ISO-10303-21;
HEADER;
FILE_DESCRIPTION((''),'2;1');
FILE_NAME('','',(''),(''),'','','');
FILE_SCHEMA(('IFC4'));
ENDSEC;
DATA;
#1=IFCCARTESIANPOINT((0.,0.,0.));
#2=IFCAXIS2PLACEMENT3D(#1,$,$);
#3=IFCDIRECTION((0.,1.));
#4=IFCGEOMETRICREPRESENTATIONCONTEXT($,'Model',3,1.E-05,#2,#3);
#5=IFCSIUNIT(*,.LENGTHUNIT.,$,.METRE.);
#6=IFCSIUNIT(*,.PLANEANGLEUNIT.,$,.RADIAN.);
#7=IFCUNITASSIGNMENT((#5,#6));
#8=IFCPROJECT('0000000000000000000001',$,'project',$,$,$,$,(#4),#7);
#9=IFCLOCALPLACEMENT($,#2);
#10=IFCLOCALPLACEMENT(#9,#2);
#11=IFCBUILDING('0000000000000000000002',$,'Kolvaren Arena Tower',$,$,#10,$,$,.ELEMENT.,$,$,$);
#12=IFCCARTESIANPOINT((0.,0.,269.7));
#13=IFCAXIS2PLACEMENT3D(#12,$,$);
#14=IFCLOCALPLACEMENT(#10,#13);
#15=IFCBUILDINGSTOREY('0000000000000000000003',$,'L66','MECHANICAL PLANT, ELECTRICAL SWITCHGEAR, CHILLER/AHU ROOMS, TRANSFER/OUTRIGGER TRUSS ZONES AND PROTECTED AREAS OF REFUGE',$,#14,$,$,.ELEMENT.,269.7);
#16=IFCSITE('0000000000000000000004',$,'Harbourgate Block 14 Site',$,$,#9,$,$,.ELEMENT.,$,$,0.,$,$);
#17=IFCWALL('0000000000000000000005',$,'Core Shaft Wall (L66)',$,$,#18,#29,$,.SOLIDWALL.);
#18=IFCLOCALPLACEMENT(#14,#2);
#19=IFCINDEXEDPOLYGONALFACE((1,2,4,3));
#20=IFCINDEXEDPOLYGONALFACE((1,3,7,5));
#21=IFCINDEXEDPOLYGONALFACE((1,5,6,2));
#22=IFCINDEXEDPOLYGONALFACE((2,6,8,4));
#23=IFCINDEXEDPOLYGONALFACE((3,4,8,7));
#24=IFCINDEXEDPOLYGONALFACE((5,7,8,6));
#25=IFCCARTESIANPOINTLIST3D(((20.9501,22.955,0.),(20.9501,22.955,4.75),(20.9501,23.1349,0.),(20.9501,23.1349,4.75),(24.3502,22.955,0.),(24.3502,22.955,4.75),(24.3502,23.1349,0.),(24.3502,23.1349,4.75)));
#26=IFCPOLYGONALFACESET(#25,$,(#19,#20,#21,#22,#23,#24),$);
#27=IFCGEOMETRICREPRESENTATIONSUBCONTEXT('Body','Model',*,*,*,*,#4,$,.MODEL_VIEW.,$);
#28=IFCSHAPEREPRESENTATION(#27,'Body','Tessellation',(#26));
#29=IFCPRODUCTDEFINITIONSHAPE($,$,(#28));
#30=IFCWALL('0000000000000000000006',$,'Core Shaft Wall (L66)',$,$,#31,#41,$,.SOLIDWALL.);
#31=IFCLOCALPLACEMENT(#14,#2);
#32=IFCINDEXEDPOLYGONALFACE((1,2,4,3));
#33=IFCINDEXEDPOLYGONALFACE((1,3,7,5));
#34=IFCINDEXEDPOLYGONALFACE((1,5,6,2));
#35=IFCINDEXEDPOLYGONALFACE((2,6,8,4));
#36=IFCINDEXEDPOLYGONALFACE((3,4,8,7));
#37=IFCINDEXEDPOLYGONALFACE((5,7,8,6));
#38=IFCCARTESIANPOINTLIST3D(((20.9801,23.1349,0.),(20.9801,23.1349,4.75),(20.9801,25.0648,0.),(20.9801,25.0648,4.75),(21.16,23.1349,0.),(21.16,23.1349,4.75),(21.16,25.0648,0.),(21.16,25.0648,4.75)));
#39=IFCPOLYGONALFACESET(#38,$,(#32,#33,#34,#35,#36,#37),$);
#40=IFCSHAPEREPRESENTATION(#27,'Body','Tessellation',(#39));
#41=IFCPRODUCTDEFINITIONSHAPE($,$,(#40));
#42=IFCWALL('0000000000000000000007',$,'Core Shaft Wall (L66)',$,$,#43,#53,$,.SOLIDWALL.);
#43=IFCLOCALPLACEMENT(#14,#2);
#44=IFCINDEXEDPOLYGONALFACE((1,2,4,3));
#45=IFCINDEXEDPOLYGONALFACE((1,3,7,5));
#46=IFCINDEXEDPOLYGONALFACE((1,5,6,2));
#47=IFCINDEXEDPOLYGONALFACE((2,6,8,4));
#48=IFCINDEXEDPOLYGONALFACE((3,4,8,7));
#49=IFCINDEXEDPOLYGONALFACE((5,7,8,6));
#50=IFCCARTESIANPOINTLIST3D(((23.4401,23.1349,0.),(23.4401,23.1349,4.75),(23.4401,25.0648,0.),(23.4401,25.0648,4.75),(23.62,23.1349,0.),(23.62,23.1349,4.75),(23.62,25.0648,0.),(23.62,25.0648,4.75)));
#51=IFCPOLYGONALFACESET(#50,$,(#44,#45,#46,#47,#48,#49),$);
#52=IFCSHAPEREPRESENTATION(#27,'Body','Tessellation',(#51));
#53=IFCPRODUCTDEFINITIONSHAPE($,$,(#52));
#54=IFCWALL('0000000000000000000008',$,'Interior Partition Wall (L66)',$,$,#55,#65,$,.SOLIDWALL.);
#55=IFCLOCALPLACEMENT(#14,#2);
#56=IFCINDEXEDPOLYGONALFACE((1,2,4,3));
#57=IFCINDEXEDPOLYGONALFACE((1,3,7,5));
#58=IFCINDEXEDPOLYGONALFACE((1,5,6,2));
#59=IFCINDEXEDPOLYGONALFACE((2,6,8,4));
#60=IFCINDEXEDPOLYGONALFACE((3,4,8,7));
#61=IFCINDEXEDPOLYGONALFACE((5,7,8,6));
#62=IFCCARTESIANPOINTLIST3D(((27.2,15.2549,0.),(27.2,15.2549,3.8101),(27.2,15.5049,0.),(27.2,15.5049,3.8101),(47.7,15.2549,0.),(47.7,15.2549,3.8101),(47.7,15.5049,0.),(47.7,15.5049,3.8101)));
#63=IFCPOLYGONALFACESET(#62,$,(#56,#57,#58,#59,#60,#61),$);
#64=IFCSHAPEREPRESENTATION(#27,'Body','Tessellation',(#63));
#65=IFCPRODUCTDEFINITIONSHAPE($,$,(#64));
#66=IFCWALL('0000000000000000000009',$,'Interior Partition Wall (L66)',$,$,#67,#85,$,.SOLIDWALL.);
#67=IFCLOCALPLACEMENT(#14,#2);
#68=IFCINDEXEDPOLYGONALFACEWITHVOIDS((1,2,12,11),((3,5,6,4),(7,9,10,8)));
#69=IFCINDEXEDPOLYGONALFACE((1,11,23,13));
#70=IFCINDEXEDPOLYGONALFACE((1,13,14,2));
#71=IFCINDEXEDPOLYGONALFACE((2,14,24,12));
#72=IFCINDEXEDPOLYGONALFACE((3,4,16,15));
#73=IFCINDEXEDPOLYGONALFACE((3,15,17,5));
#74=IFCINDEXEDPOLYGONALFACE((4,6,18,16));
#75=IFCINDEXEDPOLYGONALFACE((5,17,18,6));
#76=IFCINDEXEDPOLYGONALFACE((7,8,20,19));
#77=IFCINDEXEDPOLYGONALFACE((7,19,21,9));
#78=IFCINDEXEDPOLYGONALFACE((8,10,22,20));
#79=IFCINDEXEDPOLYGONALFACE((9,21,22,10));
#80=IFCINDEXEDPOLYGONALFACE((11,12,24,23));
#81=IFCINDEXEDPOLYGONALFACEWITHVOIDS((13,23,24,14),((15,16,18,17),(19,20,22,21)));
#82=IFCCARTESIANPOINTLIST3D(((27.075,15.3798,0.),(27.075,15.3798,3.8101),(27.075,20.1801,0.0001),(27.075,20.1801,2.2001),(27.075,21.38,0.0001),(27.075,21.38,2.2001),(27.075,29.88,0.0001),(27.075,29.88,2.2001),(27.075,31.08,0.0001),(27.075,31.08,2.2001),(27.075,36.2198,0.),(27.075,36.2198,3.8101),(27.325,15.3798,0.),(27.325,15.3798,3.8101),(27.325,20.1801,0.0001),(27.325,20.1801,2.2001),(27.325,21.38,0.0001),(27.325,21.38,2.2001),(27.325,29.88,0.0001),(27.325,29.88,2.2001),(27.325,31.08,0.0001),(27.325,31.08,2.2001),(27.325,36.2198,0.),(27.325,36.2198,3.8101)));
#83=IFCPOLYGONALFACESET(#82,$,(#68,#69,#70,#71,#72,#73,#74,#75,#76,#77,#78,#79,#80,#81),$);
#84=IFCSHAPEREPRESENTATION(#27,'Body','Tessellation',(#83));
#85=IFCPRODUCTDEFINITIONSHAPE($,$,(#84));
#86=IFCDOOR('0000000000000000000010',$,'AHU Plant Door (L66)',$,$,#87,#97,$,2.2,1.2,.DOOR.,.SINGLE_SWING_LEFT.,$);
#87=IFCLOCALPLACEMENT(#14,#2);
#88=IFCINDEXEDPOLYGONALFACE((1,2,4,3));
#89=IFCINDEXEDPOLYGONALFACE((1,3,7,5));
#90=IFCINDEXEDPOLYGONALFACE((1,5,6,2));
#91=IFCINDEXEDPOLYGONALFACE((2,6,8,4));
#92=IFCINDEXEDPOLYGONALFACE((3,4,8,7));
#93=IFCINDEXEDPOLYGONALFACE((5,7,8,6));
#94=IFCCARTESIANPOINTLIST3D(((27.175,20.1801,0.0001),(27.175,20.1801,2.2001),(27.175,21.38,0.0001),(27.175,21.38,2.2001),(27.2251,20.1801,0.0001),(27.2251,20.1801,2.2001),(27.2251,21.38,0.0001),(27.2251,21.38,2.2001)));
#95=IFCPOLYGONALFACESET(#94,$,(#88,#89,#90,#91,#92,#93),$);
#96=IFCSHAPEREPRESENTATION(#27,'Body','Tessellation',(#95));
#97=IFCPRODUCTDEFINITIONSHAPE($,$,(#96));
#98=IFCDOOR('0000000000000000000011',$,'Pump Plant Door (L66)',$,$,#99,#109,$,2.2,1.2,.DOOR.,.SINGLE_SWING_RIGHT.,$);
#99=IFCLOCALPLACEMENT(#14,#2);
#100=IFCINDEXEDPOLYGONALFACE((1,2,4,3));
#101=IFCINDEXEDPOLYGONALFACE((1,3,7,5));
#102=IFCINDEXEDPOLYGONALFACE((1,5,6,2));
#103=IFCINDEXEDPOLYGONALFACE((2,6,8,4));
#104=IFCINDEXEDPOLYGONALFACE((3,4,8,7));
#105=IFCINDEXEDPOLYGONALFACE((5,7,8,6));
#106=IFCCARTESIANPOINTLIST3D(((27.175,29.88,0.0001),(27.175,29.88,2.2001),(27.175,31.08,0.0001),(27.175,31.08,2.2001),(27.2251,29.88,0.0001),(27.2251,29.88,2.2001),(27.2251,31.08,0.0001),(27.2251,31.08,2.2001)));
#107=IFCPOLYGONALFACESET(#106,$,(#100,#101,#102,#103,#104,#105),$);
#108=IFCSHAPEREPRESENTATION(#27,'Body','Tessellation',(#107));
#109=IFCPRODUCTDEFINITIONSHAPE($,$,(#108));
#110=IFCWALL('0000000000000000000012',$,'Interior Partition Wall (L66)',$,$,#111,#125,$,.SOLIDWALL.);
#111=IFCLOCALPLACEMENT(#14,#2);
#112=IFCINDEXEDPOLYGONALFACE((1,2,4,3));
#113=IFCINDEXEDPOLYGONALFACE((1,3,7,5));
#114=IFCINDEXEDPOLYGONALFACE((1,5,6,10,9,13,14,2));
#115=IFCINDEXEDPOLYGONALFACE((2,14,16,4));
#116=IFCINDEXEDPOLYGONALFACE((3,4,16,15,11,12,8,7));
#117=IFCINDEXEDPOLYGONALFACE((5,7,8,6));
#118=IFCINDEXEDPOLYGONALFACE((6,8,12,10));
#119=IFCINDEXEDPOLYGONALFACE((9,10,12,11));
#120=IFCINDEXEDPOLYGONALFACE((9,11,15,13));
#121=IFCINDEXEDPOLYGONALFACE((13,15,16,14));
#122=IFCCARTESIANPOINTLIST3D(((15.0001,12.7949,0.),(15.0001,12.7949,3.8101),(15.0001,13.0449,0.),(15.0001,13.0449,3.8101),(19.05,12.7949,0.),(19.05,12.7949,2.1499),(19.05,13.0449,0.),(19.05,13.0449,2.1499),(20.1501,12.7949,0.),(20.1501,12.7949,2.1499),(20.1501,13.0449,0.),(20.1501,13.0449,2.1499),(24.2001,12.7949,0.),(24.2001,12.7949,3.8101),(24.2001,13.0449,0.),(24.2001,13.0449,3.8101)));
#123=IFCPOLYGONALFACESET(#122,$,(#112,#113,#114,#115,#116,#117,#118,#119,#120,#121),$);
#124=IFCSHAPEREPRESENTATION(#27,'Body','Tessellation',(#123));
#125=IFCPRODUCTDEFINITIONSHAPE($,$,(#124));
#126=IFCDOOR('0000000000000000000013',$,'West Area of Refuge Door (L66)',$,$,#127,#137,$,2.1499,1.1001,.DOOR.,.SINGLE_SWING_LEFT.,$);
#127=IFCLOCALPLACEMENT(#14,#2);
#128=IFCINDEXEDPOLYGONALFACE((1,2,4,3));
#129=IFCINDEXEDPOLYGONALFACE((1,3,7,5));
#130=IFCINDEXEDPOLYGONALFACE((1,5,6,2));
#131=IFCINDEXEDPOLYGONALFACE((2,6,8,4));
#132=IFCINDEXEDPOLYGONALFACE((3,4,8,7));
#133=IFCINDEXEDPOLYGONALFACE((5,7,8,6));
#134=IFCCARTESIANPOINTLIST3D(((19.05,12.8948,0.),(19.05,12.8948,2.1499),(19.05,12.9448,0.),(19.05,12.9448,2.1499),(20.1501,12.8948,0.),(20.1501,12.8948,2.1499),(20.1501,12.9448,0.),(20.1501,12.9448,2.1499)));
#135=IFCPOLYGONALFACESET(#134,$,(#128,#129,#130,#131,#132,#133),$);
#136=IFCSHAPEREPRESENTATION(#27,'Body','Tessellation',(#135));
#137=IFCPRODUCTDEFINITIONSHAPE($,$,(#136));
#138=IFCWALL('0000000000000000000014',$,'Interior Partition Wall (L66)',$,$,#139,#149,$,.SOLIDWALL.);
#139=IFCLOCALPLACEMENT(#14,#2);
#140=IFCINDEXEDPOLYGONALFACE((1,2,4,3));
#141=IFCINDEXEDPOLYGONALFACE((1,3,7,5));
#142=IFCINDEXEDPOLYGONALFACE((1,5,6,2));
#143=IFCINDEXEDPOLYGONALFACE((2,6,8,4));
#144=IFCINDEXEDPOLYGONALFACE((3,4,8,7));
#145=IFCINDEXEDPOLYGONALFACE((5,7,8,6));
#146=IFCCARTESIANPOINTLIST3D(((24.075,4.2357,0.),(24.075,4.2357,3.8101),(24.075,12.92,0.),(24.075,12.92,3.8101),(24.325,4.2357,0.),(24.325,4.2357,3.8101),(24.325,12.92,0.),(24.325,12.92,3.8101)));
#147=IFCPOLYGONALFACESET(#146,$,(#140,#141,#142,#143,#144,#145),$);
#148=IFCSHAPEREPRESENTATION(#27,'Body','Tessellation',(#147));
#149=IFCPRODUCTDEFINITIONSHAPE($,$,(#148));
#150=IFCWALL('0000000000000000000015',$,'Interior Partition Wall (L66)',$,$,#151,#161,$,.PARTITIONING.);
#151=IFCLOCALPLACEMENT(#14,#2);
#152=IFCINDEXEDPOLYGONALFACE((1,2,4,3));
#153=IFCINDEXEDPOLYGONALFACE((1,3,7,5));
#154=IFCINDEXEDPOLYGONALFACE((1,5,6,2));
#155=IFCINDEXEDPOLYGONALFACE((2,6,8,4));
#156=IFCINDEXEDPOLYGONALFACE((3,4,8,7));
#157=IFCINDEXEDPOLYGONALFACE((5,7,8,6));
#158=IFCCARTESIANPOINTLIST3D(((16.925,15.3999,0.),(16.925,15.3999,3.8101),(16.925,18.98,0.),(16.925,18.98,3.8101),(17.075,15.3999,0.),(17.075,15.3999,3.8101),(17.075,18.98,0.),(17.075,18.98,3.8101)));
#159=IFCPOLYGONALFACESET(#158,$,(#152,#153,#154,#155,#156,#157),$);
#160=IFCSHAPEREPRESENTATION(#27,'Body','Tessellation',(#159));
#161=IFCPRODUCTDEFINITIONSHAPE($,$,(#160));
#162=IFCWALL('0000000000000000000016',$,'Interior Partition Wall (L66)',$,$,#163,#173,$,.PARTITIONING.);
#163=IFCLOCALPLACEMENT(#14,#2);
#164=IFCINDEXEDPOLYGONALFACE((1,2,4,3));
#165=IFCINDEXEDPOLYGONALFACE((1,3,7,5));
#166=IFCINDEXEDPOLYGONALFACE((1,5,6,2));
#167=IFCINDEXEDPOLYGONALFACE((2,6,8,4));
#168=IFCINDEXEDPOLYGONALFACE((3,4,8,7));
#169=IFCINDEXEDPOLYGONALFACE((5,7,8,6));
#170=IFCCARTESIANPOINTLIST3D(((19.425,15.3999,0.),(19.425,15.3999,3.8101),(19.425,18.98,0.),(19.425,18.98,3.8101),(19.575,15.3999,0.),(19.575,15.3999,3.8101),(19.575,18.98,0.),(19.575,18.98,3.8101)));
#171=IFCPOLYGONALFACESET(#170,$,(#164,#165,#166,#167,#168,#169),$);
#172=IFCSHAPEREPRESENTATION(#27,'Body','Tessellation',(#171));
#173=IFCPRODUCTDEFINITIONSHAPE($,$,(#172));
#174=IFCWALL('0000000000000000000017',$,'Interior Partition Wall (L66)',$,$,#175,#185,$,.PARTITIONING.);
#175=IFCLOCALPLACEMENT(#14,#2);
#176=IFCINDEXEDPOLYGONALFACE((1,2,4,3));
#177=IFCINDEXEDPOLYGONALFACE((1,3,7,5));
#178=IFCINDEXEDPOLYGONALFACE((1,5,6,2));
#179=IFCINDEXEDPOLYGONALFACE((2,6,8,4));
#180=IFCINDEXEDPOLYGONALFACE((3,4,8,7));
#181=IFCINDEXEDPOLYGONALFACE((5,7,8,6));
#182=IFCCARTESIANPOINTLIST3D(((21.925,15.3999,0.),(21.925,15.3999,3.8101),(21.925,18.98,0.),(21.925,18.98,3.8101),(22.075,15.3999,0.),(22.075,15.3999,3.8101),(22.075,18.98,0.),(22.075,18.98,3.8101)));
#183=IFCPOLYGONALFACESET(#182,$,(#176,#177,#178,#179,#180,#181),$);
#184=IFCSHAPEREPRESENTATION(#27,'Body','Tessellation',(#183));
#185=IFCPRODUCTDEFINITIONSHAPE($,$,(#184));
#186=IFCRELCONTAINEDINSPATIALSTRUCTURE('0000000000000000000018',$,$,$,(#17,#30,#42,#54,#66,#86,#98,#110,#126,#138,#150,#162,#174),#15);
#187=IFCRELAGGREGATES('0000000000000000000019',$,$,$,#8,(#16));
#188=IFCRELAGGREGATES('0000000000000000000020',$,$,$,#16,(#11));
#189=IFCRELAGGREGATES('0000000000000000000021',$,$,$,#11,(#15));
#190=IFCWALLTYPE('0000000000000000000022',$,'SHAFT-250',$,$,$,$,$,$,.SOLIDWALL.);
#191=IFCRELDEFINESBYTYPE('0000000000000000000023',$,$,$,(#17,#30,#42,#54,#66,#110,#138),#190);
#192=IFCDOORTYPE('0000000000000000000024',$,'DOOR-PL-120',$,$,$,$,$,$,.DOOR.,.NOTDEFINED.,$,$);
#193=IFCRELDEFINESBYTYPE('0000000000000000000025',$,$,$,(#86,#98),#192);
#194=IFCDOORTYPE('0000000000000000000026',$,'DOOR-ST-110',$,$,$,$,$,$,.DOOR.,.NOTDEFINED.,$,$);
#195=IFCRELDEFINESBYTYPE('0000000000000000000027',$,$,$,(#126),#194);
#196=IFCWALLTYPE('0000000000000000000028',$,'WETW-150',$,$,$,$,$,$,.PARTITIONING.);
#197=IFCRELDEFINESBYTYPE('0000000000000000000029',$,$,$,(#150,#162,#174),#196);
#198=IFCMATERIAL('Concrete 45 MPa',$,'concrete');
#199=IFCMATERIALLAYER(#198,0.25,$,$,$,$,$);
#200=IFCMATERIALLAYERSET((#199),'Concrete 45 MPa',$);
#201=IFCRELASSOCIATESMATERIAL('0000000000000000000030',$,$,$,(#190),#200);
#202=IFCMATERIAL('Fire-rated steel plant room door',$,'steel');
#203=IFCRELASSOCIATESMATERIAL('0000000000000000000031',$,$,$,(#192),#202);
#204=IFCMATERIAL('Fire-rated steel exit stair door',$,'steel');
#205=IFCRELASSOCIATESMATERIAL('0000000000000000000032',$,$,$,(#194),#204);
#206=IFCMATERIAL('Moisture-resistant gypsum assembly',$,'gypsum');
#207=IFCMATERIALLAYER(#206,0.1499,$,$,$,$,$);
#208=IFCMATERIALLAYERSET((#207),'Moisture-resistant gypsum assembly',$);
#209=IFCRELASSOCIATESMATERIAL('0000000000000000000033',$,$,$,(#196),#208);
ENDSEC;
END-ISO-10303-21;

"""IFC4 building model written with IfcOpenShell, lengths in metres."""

from ifc_helpers import new_model, si_unit, direction, frame, frame_2d, origin, place, context, subcontext, project, spatial, rectangle, extrude, material, layer, layer_set, type_object, element, fill, save


model = new_model("IFC4")

# Units and contexts
model_context = context("Model", 3, precision=1e-05, world=origin(), true_north=direction((0.0, 1.0)))
body_context = subcontext(model_context, "Body", "Model", "MODEL_VIEW")
ifc_project = project(units=[si_unit("LENGTHUNIT", "METRE"), si_unit("PLANEANGLEUNIT", "RADIAN")], contexts=[model_context])

# Site, building, storey
site_placement = place(None, origin())
site = spatial("IfcSite", under=ifc_project, at=site_placement, Name="Harbourgate Block 14 Site", CompositionType="ELEMENT", RefElevation=0.0)
building_placement = place(site_placement, origin())
building = spatial("IfcBuilding", under=site, at=building_placement, Name="Kolvaren Arena Tower", CompositionType="ELEMENT")
storey_placement = place(building_placement, frame((0.0, 0.0, 269.7)))
storey = spatial("IfcBuildingStorey", under=building, at=storey_placement, Name="L66", Description="MECHANICAL PLANT, ELECTRICAL SWITCHGEAR, CHILLER/AHU ROOMS, TRANSFER/OUTRIGGER TRUSS ZONES AND PROTECTED AREAS OF REFUGE", CompositionType="ELEMENT", Elevation=269.7)

# Walls
ifc_material_1 = material(Name="Concrete 45 MPa", Category="concrete")
ifc_layer_1 = layer(ifc_material_1, 0.25)
ifc_layer_set_1 = layer_set([ifc_layer_1], Name="Concrete 45 MPa")
wall_type_1 = type_object("IfcWallType", Name="SHAFT-250", PredefinedType="SOLIDWALL", material=ifc_layer_set_1)
wall_1_placement = place(storey_placement, frame((20.95, 23.0449, 0.0), z_axis=(0.0, 0.0, 1.0), x_axis=(1.0, 0.0, 0.0)))
element("IfcWall", 1, at=wall_1_placement, inside=storey, type_object=wall_type_1, Name="Core Shaft Wall (L66)", PredefinedType="SOLIDWALL", context=body_context, shape_type="SweptSolid", body=[
    extrude(rectangle(XDim=3.4001, YDim=0.1799, at=frame_2d((1.7002, 0.0))), origin(), (0.0, 0.0, 1.0), 4.75),
])
for number, where, z_axis, x_axis, name in (
    (2, (21.0701, 23.135, 0.0), (0.0, 0.0, 1.0), (0.0, 1.0, 0.0), "Core Shaft Wall (L66)"),
    (3, (23.53, 23.135, 0.0), (0.0, 0.0, 1.0), (0.0, 1.0, 0.0), "Core Shaft Wall (L66)"),
):
    element("IfcWall", number, at=place(storey_placement, frame(where, z_axis=z_axis, x_axis=x_axis)), inside=storey, type_object=wall_type_1, Name=name, PredefinedType="SOLIDWALL", context=body_context, shape_type="SweptSolid", body=[
        extrude(rectangle(XDim=1.9299, YDim=0.1799, at=frame_2d((0.9648, 0.0))), origin(), (0.0, 0.0, 1.0), 4.75),
    ])
wall_2_placement = place(storey_placement, frame((27.2, 15.3799, 0.0), z_axis=(0.0, 0.0, 1.0), x_axis=(1.0, 0.0, 0.0)))
element("IfcWall", 4, at=wall_2_placement, inside=storey, type_object=wall_type_1, Name="Interior Partition Wall (L66)", PredefinedType="SOLIDWALL", context=body_context, shape_type="SweptSolid", body=[
    extrude(rectangle(XDim=20.5, YDim=0.25, at=frame_2d((10.25, 0.0))), origin(), (0.0, 0.0, 1.0), 3.8101),
])

# Wall, openings, doors
wall_3_placement = place(storey_placement, frame((27.2, 15.3799, 0.0), z_axis=(0.0, 0.0, 1.0), x_axis=(0.0, 1.0, 0.0)))
wall_3 = element("IfcWall", 5, at=wall_3_placement, inside=storey, type_object=wall_type_1, Name="Interior Partition Wall (L66)", PredefinedType="SOLIDWALL", context=body_context, shape_type="SweptSolid", body=[
    extrude(rectangle(XDim=20.8401, YDim=0.25, at=frame_2d((10.4199, 0.0))), origin(), (0.0, 0.0, 1.0), 3.8101),
])
opening_1_placement = place(wall_3_placement, frame((4.8, 0.0, 0.0)))
opening_1 = element("IfcOpeningElement", 6, at=opening_1_placement, cuts=wall_3, PredefinedType="OPENING", context=body_context, shape_type="SweptSolid", body=[
    extrude(rectangle(XDim=1.2, YDim=2.2, at=frame_2d((0.6001, 1.1001))), frame((0.0, 0.135, 0.0), z_axis=(0.0, -1.0, 0.0), x_axis=(1.0, 0.0, 0.0)), (0.0, 0.0, 1.0), 0.27),
])
opening_2_placement = place(wall_3_placement, frame((14.5, 0.0, 0.0)))
opening_2 = element("IfcOpeningElement", 7, at=opening_2_placement, cuts=wall_3, PredefinedType="OPENING", context=body_context, shape_type="SweptSolid", body=[
    extrude(rectangle(XDim=1.2, YDim=2.2, at=frame_2d((0.6001, 1.1001))), frame((0.0, 0.135, 0.0), z_axis=(0.0, -1.0, 0.0), x_axis=(1.0, 0.0, 0.0)), (0.0, 0.0, 1.0), 0.27),
])
ifc_material_2 = material(Name="Fire-rated steel plant room door", Category="steel")
door_type_1 = type_object("IfcDoorType", Name="DOOR-PL-120", OperationType="NOTDEFINED", PredefinedType="DOOR", material=ifc_material_2)
door_1_placement = place(opening_1_placement, origin())
door_1 = element("IfcDoor", 8, at=door_1_placement, inside=storey, type_object=door_type_1, Name="AHU Plant Door (L66)", OperationType="SINGLE_SWING_LEFT", OverallHeight=2.2, OverallWidth=1.2, PredefinedType="DOOR", context=body_context, shape_type="SweptSolid", body=[
    extrude(rectangle(XDim=1.2, YDim=2.2, at=frame_2d((0.6001, 1.1001))), frame((0.0, 0.0249, 0.0), z_axis=(0.0, -1.0, 0.0), x_axis=(1.0, 0.0, 0.0)), (0.0, 0.0, 1.0), 0.05),
])
fill(opening_1, door_1)
door_2_placement = place(opening_2_placement, origin())
door_2 = element("IfcDoor", 9, at=door_2_placement, inside=storey, type_object=door_type_1, Name="Pump Plant Door (L66)", OperationType="SINGLE_SWING_RIGHT", OverallHeight=2.2, OverallWidth=1.2, PredefinedType="DOOR", context=body_context, shape_type="SweptSolid", body=[
    extrude(rectangle(XDim=1.2, YDim=2.2, at=frame_2d((0.6001, 1.1001))), frame((0.0, 0.0249, 0.0), z_axis=(0.0, -1.0, 0.0), x_axis=(1.0, 0.0, 0.0)), (0.0, 0.0, 1.0), 0.05),
])
fill(opening_2, door_2)

# Wall, opening, door
wall_4_placement = place(storey_placement, frame((15.0, 12.9199, 0.0), z_axis=(0.0, 0.0, 1.0), x_axis=(1.0, 0.0, 0.0)))
wall_4 = element("IfcWall", 10, at=wall_4_placement, inside=storey, type_object=wall_type_1, Name="Interior Partition Wall (L66)", PredefinedType="SOLIDWALL", context=body_context, shape_type="SweptSolid", body=[
    extrude(rectangle(XDim=9.2, YDim=0.25, at=frame_2d((4.6001, 0.0))), origin(), (0.0, 0.0, 1.0), 3.8101),
])
opening_3_placement = place(wall_4_placement, frame((4.05, 0.0, 0.0)))
opening_3 = element("IfcOpeningElement", 11, at=opening_3_placement, cuts=wall_4, PredefinedType="OPENING", context=body_context, shape_type="SweptSolid", body=[
    extrude(rectangle(XDim=1.1001, YDim=2.1499, at=frame_2d((0.55, 1.075))), frame((0.0, 0.135, 0.0), z_axis=(0.0, -1.0, 0.0), x_axis=(1.0, 0.0, 0.0)), (0.0, 0.0, 1.0), 0.27),
])
ifc_material_3 = material(Name="Fire-rated steel exit stair door", Category="steel")
door_type_2 = type_object("IfcDoorType", Name="DOOR-ST-110", OperationType="NOTDEFINED", PredefinedType="DOOR", material=ifc_material_3)
door_3_placement = place(opening_3_placement, origin())
door_3 = element("IfcDoor", 12, at=door_3_placement, inside=storey, type_object=door_type_2, Name="West Area of Refuge Door (L66)", OperationType="SINGLE_SWING_LEFT", OverallHeight=2.1499, OverallWidth=1.1001, PredefinedType="DOOR", context=body_context, shape_type="SweptSolid", body=[
    extrude(rectangle(XDim=1.1001, YDim=2.1499, at=frame_2d((0.55, 1.075))), frame((0.0, 0.0249, 0.0), z_axis=(0.0, -1.0, 0.0), x_axis=(1.0, 0.0, 0.0)), (0.0, 0.0, 1.0), 0.05),
])
fill(opening_3, door_3)

# Walls
wall_5_placement = place(storey_placement, frame((24.2, 4.2356, 0.0), z_axis=(0.0, 0.0, 1.0), x_axis=(0.0, 1.0, 0.0)))
element("IfcWall", 13, at=wall_5_placement, inside=storey, type_object=wall_type_1, Name="Interior Partition Wall (L66)", PredefinedType="SOLIDWALL", context=body_context, shape_type="SweptSolid", body=[
    extrude(rectangle(XDim=8.6843, YDim=0.25, at=frame_2d((4.3423, 0.0))), origin(), (0.0, 0.0, 1.0), 3.8101),
])
ifc_material_4 = material(Name="Moisture-resistant gypsum assembly", Category="gypsum")
ifc_layer_2 = layer(ifc_material_4, 0.1499)
ifc_layer_set_2 = layer_set([ifc_layer_2], Name="Moisture-resistant gypsum assembly")
wall_type_2 = type_object("IfcWallType", Name="WETW-150", PredefinedType="PARTITIONING", material=ifc_layer_set_2)
for number, where, z_axis, x_axis, name in (
    (14, (17.0, 15.3999, 0.0), (0.0, 0.0, 1.0), (0.0, 1.0, 0.0), "Interior Partition Wall (L66)"),
    (15, (19.5, 15.3999, 0.0), (0.0, 0.0, 1.0), (0.0, 1.0, 0.0), "Interior Partition Wall (L66)"),
    (16, (22.0, 15.3999, 0.0), (0.0, 0.0, 1.0), (0.0, 1.0, 0.0), "Interior Partition Wall (L66)"),
):
    element("IfcWall", number, at=place(storey_placement, frame(where, z_axis=z_axis, x_axis=x_axis)), inside=storey, type_object=wall_type_2, Name=name, PredefinedType="PARTITIONING", context=body_context, shape_type="SweptSolid", body=[
        extrude(rectangle(XDim=3.5801, YDim=0.1499, at=frame_2d((1.79, 0.0))), origin(), (0.0, 0.0, 1.0), 3.8101),
    ])

save(model, "model.ifc")
